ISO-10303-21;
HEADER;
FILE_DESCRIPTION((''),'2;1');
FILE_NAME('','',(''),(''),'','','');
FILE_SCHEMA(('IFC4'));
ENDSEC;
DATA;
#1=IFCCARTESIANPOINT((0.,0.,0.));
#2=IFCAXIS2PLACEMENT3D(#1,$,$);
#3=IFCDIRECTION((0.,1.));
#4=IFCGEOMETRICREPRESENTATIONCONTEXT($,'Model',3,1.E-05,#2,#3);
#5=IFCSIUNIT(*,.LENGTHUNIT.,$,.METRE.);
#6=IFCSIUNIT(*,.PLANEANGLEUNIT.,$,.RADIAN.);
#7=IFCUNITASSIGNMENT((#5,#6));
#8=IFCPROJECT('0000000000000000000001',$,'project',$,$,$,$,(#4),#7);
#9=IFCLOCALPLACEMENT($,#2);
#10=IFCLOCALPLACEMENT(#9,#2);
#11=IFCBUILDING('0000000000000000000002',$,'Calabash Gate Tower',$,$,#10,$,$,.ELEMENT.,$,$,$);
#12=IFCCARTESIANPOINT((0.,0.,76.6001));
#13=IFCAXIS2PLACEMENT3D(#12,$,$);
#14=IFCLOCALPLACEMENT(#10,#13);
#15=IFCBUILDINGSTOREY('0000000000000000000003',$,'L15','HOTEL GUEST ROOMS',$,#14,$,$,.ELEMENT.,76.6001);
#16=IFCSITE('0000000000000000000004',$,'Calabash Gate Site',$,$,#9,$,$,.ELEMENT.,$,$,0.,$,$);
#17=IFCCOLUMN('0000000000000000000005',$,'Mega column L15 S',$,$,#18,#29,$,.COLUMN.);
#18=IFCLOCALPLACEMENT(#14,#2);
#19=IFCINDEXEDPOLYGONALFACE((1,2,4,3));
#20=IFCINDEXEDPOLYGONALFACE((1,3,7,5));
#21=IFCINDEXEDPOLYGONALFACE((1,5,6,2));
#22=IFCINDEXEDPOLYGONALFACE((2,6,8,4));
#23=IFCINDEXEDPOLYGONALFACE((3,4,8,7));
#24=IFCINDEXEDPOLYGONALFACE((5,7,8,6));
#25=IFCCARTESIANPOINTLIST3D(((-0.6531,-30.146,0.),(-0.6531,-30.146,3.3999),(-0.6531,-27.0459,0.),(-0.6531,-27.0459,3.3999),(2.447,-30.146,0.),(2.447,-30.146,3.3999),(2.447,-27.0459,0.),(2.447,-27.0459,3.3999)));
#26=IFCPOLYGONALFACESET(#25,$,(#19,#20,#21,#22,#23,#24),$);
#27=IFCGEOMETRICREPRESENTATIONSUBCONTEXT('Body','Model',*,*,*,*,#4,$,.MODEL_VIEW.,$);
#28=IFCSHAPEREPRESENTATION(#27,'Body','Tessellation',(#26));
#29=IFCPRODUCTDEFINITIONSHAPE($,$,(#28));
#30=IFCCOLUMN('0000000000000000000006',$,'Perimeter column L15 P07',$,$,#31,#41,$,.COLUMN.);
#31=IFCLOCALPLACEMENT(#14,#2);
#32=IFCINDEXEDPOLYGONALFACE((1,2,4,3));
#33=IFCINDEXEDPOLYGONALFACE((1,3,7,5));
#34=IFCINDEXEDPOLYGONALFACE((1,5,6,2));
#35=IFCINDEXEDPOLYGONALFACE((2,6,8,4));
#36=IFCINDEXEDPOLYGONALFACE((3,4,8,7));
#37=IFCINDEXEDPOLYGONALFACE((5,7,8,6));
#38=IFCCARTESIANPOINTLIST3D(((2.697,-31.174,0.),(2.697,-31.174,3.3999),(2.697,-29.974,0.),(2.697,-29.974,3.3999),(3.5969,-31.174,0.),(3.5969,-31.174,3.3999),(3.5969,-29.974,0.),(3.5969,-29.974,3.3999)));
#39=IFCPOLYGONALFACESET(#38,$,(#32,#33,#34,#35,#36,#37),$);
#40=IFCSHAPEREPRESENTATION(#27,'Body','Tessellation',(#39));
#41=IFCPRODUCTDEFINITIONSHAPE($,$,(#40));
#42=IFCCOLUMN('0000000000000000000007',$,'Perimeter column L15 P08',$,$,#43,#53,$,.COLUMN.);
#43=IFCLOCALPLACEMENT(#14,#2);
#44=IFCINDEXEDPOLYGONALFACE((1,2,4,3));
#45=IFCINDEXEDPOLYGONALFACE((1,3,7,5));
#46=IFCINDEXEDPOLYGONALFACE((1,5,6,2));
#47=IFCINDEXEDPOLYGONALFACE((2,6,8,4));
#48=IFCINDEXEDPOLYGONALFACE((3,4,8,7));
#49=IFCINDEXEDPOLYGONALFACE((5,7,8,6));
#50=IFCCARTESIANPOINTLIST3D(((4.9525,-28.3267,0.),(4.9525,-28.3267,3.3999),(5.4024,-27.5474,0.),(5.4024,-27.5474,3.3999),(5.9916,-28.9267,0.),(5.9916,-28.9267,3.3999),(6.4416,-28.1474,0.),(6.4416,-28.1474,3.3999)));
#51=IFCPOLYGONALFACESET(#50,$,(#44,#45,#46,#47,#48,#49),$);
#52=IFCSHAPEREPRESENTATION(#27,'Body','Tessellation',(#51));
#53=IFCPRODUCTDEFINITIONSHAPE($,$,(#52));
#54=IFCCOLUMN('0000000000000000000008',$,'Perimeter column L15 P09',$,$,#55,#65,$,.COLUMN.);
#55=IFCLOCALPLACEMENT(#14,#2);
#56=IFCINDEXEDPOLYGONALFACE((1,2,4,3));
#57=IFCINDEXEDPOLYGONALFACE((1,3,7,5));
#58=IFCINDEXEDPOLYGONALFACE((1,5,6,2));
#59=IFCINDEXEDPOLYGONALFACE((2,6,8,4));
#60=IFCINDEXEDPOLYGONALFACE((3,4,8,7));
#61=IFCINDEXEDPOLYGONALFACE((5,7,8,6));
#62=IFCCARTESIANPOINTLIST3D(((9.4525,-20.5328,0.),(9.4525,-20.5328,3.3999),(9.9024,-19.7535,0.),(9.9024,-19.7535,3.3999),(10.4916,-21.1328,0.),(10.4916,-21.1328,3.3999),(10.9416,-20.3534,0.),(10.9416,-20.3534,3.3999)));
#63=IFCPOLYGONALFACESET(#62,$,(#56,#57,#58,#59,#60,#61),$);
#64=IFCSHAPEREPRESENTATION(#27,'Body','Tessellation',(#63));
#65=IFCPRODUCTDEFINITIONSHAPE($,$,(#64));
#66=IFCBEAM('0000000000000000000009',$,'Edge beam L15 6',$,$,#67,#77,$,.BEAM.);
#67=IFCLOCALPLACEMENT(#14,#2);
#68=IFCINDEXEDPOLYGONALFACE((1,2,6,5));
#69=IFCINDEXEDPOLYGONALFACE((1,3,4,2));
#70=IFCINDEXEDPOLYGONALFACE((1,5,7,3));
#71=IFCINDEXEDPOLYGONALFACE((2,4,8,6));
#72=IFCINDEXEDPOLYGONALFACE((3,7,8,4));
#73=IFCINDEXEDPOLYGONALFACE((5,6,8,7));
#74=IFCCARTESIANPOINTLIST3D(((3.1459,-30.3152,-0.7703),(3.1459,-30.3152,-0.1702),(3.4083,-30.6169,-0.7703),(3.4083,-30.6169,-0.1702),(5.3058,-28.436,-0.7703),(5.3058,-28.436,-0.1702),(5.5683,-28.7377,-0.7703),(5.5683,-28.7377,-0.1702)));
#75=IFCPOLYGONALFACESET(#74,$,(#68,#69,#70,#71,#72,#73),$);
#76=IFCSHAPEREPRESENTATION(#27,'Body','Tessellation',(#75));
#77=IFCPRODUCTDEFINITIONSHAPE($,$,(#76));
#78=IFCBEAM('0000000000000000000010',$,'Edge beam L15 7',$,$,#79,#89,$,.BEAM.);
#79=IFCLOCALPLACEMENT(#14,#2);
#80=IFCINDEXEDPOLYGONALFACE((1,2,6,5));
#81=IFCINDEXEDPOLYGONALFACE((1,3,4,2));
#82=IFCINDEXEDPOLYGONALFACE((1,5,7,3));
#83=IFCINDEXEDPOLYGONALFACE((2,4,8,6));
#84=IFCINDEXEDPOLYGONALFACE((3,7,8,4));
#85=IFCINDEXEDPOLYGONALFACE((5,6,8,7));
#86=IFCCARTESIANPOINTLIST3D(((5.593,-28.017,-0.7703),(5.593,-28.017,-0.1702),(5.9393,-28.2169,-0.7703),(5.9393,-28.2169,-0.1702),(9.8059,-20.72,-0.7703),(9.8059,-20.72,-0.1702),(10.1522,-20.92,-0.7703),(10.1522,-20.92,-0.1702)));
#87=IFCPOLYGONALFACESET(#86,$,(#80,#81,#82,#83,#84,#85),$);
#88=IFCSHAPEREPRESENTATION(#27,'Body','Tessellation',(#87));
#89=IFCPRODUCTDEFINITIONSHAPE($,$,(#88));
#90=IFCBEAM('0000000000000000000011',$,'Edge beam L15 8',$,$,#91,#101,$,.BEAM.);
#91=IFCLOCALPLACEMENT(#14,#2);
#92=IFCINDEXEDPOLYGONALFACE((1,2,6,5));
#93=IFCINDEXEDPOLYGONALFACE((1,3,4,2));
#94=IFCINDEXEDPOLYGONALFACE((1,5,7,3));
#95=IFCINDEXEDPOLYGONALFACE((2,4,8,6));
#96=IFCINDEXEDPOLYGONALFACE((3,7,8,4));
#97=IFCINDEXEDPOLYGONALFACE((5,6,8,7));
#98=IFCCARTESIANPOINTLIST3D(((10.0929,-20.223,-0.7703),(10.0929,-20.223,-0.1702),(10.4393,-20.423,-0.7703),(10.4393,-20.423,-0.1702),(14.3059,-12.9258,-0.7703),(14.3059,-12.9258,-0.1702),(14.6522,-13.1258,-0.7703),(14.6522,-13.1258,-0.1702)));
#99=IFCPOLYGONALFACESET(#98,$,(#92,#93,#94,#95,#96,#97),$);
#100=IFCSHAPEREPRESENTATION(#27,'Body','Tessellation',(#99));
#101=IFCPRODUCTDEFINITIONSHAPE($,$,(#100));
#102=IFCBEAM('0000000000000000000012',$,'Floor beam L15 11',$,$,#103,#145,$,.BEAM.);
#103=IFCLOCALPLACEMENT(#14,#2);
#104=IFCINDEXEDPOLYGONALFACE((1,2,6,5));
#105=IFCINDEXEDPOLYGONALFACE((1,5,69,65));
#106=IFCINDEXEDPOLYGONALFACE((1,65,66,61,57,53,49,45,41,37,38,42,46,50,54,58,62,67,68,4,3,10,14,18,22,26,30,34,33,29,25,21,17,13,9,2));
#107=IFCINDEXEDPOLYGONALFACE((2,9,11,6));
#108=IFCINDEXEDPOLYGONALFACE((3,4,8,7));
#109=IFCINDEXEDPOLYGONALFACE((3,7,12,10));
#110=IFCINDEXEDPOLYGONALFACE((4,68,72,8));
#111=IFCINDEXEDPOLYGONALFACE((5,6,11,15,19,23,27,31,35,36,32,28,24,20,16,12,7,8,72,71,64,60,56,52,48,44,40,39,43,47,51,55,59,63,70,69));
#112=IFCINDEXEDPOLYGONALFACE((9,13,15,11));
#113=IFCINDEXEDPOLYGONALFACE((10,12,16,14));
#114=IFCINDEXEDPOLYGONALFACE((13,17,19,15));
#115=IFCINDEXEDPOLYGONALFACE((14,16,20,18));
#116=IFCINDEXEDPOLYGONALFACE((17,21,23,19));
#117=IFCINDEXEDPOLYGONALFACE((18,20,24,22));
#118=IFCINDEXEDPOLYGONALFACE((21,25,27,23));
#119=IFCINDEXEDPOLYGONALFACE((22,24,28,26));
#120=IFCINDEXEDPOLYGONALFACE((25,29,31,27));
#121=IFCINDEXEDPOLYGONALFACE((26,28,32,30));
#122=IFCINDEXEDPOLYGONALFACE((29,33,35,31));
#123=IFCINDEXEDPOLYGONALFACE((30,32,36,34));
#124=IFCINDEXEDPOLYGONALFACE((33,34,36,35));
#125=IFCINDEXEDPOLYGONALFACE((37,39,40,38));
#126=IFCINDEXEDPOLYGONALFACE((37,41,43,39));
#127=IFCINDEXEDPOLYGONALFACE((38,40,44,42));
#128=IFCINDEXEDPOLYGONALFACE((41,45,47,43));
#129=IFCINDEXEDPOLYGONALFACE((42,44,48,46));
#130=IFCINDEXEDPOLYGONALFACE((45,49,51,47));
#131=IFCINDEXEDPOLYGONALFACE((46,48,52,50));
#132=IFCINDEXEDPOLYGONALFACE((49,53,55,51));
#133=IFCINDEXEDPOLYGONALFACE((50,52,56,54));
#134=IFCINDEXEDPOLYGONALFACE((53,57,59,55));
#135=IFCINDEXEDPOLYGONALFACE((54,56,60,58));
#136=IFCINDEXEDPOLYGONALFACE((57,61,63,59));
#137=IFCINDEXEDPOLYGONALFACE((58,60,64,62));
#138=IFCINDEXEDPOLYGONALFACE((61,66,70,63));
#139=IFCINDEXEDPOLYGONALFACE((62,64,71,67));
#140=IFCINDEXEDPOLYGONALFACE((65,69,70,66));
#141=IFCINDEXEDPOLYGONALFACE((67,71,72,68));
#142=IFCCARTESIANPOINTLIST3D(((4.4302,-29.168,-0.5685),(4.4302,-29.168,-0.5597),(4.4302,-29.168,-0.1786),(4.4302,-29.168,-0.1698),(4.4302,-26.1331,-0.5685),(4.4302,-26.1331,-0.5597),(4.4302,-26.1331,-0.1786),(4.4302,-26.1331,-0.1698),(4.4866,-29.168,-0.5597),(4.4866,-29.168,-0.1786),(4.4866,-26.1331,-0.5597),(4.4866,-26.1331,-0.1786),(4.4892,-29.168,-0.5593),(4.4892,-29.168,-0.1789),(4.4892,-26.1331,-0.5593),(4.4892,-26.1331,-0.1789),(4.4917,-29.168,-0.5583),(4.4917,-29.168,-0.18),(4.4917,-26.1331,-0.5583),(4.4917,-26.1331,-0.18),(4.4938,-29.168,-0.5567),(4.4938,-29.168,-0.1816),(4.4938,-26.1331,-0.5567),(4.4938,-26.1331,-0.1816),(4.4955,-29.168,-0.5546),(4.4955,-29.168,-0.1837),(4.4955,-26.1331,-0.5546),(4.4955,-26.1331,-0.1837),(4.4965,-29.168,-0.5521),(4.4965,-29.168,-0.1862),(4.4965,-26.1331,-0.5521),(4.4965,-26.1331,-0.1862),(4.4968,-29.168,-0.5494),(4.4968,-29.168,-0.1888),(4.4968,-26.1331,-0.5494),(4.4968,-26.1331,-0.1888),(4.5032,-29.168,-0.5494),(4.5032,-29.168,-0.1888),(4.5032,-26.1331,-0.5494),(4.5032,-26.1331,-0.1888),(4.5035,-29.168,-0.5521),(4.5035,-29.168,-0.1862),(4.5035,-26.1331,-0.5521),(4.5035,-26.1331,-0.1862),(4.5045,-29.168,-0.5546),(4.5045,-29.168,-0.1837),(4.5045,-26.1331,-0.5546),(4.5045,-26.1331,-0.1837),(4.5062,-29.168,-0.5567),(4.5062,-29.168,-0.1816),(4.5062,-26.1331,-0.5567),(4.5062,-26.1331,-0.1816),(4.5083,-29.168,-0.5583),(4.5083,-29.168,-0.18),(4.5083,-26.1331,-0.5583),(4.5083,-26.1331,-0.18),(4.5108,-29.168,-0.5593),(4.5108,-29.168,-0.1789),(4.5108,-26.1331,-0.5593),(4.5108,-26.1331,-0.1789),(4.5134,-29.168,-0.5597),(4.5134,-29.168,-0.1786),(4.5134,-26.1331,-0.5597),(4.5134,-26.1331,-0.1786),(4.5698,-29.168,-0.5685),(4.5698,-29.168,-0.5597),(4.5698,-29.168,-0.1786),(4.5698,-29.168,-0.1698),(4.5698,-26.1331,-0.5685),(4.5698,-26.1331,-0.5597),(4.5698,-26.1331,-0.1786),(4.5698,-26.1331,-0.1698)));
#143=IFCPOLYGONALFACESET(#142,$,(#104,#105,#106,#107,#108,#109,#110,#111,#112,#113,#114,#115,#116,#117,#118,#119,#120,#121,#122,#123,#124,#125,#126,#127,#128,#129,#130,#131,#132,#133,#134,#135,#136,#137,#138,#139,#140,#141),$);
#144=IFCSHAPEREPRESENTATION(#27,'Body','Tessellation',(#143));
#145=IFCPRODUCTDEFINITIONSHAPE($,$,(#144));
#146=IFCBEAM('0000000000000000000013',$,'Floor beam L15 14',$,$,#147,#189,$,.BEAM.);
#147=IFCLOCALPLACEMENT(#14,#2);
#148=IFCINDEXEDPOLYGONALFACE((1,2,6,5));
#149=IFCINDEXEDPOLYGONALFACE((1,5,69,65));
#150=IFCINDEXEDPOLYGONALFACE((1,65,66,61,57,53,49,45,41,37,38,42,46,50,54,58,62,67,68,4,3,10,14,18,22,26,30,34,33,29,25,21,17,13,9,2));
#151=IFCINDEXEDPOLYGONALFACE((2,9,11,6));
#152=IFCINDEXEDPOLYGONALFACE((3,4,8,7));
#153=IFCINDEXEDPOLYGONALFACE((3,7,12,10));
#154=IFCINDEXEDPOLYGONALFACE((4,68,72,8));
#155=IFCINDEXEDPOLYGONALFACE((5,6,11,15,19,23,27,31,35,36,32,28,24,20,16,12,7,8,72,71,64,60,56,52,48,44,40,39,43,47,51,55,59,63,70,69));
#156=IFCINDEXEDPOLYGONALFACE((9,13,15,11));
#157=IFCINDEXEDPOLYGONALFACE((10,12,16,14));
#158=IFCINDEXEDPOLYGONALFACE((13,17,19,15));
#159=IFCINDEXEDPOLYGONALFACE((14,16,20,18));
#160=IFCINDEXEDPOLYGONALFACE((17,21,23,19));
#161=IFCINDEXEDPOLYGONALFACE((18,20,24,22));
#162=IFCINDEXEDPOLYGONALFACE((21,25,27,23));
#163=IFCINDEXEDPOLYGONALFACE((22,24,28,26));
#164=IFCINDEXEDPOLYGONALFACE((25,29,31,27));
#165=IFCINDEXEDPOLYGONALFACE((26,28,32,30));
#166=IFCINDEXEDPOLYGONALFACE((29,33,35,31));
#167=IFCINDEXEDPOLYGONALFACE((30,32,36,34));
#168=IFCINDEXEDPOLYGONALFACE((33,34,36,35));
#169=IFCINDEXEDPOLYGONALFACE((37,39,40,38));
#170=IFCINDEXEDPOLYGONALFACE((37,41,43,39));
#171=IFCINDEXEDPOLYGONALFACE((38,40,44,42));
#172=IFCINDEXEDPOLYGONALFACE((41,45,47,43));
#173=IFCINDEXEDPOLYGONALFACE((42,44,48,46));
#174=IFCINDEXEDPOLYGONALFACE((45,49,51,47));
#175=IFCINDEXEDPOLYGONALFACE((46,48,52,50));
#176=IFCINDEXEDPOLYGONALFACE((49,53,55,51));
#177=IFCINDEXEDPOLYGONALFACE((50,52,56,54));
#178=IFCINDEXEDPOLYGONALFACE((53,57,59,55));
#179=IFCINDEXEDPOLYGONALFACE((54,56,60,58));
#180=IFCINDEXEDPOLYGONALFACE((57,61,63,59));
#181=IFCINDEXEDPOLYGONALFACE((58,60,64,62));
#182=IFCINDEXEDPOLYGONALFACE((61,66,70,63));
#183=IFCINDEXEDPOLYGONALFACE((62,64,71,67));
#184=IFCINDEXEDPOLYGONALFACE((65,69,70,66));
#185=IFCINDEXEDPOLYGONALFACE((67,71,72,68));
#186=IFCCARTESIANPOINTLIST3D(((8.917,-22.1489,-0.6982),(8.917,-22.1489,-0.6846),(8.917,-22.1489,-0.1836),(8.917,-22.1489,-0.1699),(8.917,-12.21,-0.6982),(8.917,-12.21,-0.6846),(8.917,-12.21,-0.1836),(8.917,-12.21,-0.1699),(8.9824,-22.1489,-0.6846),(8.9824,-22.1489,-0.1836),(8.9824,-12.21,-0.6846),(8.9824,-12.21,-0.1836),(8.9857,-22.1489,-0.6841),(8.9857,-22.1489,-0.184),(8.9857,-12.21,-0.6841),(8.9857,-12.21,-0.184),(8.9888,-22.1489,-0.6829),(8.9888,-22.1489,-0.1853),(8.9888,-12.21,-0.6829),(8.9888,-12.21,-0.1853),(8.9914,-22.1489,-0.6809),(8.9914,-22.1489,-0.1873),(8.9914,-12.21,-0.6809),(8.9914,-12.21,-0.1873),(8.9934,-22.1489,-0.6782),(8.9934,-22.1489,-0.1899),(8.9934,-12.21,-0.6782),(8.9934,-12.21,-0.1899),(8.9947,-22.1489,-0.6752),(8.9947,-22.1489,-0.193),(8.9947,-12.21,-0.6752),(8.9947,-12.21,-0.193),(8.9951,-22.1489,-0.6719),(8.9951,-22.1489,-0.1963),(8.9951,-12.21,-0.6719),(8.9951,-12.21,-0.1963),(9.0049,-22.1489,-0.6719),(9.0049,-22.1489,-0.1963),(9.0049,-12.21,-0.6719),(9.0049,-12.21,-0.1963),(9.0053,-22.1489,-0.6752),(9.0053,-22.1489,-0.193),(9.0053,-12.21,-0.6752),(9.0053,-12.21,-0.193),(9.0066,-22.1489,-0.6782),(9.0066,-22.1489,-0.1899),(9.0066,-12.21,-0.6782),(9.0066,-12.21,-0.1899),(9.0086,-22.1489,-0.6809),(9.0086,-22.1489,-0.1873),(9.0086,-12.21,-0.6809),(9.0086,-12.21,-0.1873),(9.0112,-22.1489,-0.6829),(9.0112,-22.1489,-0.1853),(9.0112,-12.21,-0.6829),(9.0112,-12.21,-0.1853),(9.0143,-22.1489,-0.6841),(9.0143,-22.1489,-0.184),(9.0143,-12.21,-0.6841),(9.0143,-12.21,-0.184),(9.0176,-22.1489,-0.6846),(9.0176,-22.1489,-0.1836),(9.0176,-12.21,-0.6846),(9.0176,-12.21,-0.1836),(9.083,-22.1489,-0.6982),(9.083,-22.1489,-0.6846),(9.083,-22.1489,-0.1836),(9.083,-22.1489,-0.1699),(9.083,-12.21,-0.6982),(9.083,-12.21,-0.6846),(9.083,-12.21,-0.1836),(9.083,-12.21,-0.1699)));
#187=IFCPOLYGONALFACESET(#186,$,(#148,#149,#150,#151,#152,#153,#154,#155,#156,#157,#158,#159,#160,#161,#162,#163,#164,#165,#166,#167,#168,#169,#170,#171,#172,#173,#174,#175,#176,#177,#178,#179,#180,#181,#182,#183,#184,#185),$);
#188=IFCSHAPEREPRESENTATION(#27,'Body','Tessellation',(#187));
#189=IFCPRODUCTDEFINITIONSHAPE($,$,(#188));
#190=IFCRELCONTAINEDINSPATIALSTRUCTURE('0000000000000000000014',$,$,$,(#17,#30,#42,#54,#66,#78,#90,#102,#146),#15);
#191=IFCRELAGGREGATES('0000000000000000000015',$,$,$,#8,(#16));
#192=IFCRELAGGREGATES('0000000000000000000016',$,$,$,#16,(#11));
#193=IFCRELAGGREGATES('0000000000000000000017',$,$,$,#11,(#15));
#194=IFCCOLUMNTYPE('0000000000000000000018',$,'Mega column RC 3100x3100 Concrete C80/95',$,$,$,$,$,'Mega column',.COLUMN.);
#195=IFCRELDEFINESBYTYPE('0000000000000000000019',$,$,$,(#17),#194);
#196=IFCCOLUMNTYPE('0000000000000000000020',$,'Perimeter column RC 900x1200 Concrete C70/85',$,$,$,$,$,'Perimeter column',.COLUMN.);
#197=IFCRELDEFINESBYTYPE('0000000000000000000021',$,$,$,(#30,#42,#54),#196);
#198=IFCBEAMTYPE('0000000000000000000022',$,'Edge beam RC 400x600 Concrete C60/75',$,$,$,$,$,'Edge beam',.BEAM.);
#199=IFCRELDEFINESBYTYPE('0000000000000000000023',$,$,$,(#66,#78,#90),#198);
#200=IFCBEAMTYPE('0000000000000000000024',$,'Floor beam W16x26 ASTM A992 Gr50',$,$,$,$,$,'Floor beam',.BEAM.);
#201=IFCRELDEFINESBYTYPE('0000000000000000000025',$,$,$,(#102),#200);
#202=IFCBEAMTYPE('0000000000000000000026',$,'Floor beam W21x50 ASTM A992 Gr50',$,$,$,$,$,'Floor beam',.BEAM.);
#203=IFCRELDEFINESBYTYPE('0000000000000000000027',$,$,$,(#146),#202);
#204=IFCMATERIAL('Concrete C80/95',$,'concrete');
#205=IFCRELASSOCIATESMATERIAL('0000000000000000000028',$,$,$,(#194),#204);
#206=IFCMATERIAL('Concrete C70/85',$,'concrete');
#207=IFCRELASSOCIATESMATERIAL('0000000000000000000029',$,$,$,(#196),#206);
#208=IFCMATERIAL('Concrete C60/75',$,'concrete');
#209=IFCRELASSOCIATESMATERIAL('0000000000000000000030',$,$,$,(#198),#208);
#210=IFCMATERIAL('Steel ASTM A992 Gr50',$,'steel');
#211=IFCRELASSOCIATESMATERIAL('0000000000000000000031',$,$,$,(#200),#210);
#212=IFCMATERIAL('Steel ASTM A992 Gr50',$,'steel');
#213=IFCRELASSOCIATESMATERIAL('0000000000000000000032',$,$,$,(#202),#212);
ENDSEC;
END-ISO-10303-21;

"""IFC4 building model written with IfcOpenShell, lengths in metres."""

from ifc_helpers import new_model, si_unit, direction, frame, origin, origin_2d, place, context, subcontext, project, spatial, rectangle, i_section, extrude, material, material_profile, profile_set, type_object, element, save


model = new_model("IFC4")

# Units and contexts
model_context = context("Model", 3, precision=1e-05, world=origin(), true_north=direction((0.0, 1.0)))
body_context = subcontext(model_context, "Body", "Model", "MODEL_VIEW")
ifc_project = project(units=[si_unit("LENGTHUNIT", "METRE"), si_unit("PLANEANGLEUNIT", "RADIAN")], contexts=[model_context])

# Site, building, storey
site_placement = place(None, origin())
site = spatial("IfcSite", under=ifc_project, at=site_placement, Name="Calabash Gate Site", CompositionType="ELEMENT", RefElevation=0.0)
building_placement = place(site_placement, origin())
building = spatial("IfcBuilding", under=site, at=building_placement, Name="Calabash Gate Tower", CompositionType="ELEMENT")
storey_placement = place(building_placement, frame((0.0, 0.0, 76.6001)))
storey = spatial("IfcBuildingStorey", under=building, at=storey_placement, Name="L15", Description="HOTEL GUEST ROOMS", CompositionType="ELEMENT", Elevation=76.6001)

# Columns
ifc_material_1 = material(Name="Concrete C80/95", Category="concrete")
ifc_material_profile_1 = material_profile(ifc_material_1, rectangle(XDim=3.1001, YDim=3.1001, at=origin_2d()))
ifc_profile_set_1 = profile_set([ifc_material_profile_1], Name="Concrete C80/95")
column_type_1 = type_object("IfcColumnType", Name="Mega column RC 3100x3100 Concrete C80/95", ElementType="Mega column", PredefinedType="COLUMN", material=ifc_profile_set_1)
column_placement = place(storey_placement, frame((0.897, -28.5959, 0.0), z_axis=(0.0, 0.0, 1.0), x_axis=(0.0, 1.0, 0.0)))
element("IfcColumn", 1, at=column_placement, inside=storey, type_object=column_type_1, Name="Mega column L15 S", PredefinedType="COLUMN", context=body_context, shape_type="SweptSolid", body=[
    extrude(rectangle(XDim=3.1001, YDim=3.1001, at=origin_2d()), origin(), (0.0, 0.0, 1.0), 3.3999),
])
ifc_material_2 = material(Name="Concrete C70/85", Category="concrete")
ifc_material_profile_2 = material_profile(ifc_material_2, rectangle(XDim=0.8999, YDim=1.2, at=origin_2d()))
ifc_profile_set_2 = profile_set([ifc_material_profile_2], Name="Concrete C70/85")
column_type_2 = type_object("IfcColumnType", Name="Perimeter column RC 900x1200 Concrete C70/85", ElementType="Perimeter column", PredefinedType="COLUMN", material=ifc_profile_set_2)
for number, where, z_axis, x_axis, name in (
    (2, (3.147, -30.574, 0.0), (0.0, 0.0, 1.0), (1.0, 0.0, 0.0), "Perimeter column L15 P07"),
    (3, (5.697, -28.2371, 0.0), (0.0, 0.0, 1.0), (0.5, 0.866025, 0.0), "Perimeter column L15 P08"),
    (4, (10.197, -20.4431, 0.0), (0.0, 0.0, 1.0), (0.5, 0.866025, 0.0), "Perimeter column L15 P09"),
):
    element("IfcColumn", number, at=place(storey_placement, frame(where, z_axis=z_axis, x_axis=x_axis)), inside=storey, type_object=column_type_2, Name=name, PredefinedType="COLUMN", context=body_context, shape_type="SweptSolid", body=[
        extrude(rectangle(XDim=0.8999, YDim=1.2, at=origin_2d()), origin(), (0.0, 0.0, 1.0), 3.3999),
    ])

# Beams
ifc_material_3 = material(Name="Concrete C60/75", Category="concrete")
ifc_material_profile_3 = material_profile(ifc_material_3, rectangle(XDim=0.3999, YDim=0.6001, at=origin_2d()))
ifc_profile_set_3 = profile_set([ifc_material_profile_3], Name="Concrete C60/75")
beam_type_1 = type_object("IfcBeamType", Name="Edge beam RC 400x600 Concrete C60/75", ElementType="Edge beam", PredefinedType="BEAM", material=ifc_profile_set_3)
beam_1_placement = place(storey_placement, frame((3.2771, -30.4661, -0.4702), z_axis=(0.754438, 0.656371, 0.0), x_axis=(-0.656371, 0.754438, 0.0)))
element("IfcBeam", 5, at=beam_1_placement, inside=storey, type_object=beam_type_1, Name="Edge beam L15 6", PredefinedType="BEAM", context=body_context, shape_type="SweptSolid", body=[
    extrude(rectangle(XDim=0.3999, YDim=0.6001, at=origin_2d()), origin(), (0.0, 0.0, 1.0), 2.863),
])
beam_2_placement = place(storey_placement, frame((5.7661, -28.1169, -0.4702), z_axis=(0.500003, 0.866023, 0.0), x_axis=(-0.866023, 0.500003, 0.0)))
element("IfcBeam", 6, at=beam_2_placement, inside=storey, type_object=beam_type_1, Name="Edge beam L15 7", PredefinedType="BEAM", context=body_context, shape_type="SweptSolid", body=[
    extrude(rectangle(XDim=0.3999, YDim=0.6001, at=origin_2d()), origin(), (0.0, 0.0, 1.0), 8.4258),
])
beam_3_placement = place(storey_placement, frame((10.2661, -20.323, -0.4702), z_axis=(0.499991, 0.866031, 0.0), x_axis=(-0.866031, 0.499991, 0.0)))
element("IfcBeam", 7, at=beam_3_placement, inside=storey, type_object=beam_type_1, Name="Edge beam L15 8", PredefinedType="BEAM", context=body_context, shape_type="SweptSolid", body=[
    extrude(rectangle(XDim=0.3999, YDim=0.6001, at=origin_2d()), origin(), (0.0, 0.0, 1.0), 8.426),
])
ifc_material_4 = material(Name="Steel ASTM A992 Gr50", Category="steel")
ifc_material_profile_4 = material_profile(ifc_material_4, i_section(OverallWidth=0.1396, OverallDepth=0.3987, WebThickness=0.0063, FlangeThickness=0.0088, FilletRadius=0.0103, at=origin_2d()))
ifc_profile_set_4 = profile_set([ifc_material_profile_4], Name="Steel ASTM A992 Gr50")
beam_type_2 = type_object("IfcBeamType", Name="Floor beam W16x26 ASTM A992 Gr50", ElementType="Floor beam", PredefinedType="BEAM", material=ifc_profile_set_4)
beam_4_placement = place(storey_placement, frame((4.5, -29.168, -0.3691), z_axis=(0.0, 1.0, 0.0), x_axis=(-1.0, 0.0, 0.0)))
element("IfcBeam", 8, at=beam_4_placement, inside=storey, type_object=beam_type_2, Name="Floor beam L15 11", PredefinedType="BEAM", context=body_context, shape_type="SweptSolid", body=[
    extrude(i_section(OverallWidth=0.1396, OverallDepth=0.3987, WebThickness=0.0063, FlangeThickness=0.0088, FilletRadius=0.0103, at=origin_2d()), origin(), (0.0, 0.0, 1.0), 3.0349),
])
ifc_material_5 = material(Name="Steel ASTM A992 Gr50", Category="steel")
ifc_material_profile_5 = material_profile(ifc_material_5, i_section(OverallWidth=0.166, OverallDepth=0.5283, WebThickness=0.0098, FlangeThickness=0.0137, FilletRadius=0.0127, at=origin_2d()))
ifc_profile_set_5 = profile_set([ifc_material_profile_5], Name="Steel ASTM A992 Gr50")
beam_type_3 = type_object("IfcBeamType", Name="Floor beam W21x50 ASTM A992 Gr50", ElementType="Floor beam", PredefinedType="BEAM", material=ifc_profile_set_5)
beam_5_placement = place(storey_placement, frame((9.0, -22.1489, -0.4341), z_axis=(0.0, 1.0, 0.0), x_axis=(-1.0, 0.0, 0.0)))
element("IfcBeam", 9, at=beam_5_placement, inside=storey, type_object=beam_type_3, Name="Floor beam L15 14", PredefinedType="BEAM", context=body_context, shape_type="SweptSolid", body=[
    extrude(i_section(OverallWidth=0.166, OverallDepth=0.5283, WebThickness=0.0098, FlangeThickness=0.0137, FilletRadius=0.0127, at=origin_2d()), origin(), (0.0, 0.0, 1.0), 9.939),
])

save(model, "model.ifc")
